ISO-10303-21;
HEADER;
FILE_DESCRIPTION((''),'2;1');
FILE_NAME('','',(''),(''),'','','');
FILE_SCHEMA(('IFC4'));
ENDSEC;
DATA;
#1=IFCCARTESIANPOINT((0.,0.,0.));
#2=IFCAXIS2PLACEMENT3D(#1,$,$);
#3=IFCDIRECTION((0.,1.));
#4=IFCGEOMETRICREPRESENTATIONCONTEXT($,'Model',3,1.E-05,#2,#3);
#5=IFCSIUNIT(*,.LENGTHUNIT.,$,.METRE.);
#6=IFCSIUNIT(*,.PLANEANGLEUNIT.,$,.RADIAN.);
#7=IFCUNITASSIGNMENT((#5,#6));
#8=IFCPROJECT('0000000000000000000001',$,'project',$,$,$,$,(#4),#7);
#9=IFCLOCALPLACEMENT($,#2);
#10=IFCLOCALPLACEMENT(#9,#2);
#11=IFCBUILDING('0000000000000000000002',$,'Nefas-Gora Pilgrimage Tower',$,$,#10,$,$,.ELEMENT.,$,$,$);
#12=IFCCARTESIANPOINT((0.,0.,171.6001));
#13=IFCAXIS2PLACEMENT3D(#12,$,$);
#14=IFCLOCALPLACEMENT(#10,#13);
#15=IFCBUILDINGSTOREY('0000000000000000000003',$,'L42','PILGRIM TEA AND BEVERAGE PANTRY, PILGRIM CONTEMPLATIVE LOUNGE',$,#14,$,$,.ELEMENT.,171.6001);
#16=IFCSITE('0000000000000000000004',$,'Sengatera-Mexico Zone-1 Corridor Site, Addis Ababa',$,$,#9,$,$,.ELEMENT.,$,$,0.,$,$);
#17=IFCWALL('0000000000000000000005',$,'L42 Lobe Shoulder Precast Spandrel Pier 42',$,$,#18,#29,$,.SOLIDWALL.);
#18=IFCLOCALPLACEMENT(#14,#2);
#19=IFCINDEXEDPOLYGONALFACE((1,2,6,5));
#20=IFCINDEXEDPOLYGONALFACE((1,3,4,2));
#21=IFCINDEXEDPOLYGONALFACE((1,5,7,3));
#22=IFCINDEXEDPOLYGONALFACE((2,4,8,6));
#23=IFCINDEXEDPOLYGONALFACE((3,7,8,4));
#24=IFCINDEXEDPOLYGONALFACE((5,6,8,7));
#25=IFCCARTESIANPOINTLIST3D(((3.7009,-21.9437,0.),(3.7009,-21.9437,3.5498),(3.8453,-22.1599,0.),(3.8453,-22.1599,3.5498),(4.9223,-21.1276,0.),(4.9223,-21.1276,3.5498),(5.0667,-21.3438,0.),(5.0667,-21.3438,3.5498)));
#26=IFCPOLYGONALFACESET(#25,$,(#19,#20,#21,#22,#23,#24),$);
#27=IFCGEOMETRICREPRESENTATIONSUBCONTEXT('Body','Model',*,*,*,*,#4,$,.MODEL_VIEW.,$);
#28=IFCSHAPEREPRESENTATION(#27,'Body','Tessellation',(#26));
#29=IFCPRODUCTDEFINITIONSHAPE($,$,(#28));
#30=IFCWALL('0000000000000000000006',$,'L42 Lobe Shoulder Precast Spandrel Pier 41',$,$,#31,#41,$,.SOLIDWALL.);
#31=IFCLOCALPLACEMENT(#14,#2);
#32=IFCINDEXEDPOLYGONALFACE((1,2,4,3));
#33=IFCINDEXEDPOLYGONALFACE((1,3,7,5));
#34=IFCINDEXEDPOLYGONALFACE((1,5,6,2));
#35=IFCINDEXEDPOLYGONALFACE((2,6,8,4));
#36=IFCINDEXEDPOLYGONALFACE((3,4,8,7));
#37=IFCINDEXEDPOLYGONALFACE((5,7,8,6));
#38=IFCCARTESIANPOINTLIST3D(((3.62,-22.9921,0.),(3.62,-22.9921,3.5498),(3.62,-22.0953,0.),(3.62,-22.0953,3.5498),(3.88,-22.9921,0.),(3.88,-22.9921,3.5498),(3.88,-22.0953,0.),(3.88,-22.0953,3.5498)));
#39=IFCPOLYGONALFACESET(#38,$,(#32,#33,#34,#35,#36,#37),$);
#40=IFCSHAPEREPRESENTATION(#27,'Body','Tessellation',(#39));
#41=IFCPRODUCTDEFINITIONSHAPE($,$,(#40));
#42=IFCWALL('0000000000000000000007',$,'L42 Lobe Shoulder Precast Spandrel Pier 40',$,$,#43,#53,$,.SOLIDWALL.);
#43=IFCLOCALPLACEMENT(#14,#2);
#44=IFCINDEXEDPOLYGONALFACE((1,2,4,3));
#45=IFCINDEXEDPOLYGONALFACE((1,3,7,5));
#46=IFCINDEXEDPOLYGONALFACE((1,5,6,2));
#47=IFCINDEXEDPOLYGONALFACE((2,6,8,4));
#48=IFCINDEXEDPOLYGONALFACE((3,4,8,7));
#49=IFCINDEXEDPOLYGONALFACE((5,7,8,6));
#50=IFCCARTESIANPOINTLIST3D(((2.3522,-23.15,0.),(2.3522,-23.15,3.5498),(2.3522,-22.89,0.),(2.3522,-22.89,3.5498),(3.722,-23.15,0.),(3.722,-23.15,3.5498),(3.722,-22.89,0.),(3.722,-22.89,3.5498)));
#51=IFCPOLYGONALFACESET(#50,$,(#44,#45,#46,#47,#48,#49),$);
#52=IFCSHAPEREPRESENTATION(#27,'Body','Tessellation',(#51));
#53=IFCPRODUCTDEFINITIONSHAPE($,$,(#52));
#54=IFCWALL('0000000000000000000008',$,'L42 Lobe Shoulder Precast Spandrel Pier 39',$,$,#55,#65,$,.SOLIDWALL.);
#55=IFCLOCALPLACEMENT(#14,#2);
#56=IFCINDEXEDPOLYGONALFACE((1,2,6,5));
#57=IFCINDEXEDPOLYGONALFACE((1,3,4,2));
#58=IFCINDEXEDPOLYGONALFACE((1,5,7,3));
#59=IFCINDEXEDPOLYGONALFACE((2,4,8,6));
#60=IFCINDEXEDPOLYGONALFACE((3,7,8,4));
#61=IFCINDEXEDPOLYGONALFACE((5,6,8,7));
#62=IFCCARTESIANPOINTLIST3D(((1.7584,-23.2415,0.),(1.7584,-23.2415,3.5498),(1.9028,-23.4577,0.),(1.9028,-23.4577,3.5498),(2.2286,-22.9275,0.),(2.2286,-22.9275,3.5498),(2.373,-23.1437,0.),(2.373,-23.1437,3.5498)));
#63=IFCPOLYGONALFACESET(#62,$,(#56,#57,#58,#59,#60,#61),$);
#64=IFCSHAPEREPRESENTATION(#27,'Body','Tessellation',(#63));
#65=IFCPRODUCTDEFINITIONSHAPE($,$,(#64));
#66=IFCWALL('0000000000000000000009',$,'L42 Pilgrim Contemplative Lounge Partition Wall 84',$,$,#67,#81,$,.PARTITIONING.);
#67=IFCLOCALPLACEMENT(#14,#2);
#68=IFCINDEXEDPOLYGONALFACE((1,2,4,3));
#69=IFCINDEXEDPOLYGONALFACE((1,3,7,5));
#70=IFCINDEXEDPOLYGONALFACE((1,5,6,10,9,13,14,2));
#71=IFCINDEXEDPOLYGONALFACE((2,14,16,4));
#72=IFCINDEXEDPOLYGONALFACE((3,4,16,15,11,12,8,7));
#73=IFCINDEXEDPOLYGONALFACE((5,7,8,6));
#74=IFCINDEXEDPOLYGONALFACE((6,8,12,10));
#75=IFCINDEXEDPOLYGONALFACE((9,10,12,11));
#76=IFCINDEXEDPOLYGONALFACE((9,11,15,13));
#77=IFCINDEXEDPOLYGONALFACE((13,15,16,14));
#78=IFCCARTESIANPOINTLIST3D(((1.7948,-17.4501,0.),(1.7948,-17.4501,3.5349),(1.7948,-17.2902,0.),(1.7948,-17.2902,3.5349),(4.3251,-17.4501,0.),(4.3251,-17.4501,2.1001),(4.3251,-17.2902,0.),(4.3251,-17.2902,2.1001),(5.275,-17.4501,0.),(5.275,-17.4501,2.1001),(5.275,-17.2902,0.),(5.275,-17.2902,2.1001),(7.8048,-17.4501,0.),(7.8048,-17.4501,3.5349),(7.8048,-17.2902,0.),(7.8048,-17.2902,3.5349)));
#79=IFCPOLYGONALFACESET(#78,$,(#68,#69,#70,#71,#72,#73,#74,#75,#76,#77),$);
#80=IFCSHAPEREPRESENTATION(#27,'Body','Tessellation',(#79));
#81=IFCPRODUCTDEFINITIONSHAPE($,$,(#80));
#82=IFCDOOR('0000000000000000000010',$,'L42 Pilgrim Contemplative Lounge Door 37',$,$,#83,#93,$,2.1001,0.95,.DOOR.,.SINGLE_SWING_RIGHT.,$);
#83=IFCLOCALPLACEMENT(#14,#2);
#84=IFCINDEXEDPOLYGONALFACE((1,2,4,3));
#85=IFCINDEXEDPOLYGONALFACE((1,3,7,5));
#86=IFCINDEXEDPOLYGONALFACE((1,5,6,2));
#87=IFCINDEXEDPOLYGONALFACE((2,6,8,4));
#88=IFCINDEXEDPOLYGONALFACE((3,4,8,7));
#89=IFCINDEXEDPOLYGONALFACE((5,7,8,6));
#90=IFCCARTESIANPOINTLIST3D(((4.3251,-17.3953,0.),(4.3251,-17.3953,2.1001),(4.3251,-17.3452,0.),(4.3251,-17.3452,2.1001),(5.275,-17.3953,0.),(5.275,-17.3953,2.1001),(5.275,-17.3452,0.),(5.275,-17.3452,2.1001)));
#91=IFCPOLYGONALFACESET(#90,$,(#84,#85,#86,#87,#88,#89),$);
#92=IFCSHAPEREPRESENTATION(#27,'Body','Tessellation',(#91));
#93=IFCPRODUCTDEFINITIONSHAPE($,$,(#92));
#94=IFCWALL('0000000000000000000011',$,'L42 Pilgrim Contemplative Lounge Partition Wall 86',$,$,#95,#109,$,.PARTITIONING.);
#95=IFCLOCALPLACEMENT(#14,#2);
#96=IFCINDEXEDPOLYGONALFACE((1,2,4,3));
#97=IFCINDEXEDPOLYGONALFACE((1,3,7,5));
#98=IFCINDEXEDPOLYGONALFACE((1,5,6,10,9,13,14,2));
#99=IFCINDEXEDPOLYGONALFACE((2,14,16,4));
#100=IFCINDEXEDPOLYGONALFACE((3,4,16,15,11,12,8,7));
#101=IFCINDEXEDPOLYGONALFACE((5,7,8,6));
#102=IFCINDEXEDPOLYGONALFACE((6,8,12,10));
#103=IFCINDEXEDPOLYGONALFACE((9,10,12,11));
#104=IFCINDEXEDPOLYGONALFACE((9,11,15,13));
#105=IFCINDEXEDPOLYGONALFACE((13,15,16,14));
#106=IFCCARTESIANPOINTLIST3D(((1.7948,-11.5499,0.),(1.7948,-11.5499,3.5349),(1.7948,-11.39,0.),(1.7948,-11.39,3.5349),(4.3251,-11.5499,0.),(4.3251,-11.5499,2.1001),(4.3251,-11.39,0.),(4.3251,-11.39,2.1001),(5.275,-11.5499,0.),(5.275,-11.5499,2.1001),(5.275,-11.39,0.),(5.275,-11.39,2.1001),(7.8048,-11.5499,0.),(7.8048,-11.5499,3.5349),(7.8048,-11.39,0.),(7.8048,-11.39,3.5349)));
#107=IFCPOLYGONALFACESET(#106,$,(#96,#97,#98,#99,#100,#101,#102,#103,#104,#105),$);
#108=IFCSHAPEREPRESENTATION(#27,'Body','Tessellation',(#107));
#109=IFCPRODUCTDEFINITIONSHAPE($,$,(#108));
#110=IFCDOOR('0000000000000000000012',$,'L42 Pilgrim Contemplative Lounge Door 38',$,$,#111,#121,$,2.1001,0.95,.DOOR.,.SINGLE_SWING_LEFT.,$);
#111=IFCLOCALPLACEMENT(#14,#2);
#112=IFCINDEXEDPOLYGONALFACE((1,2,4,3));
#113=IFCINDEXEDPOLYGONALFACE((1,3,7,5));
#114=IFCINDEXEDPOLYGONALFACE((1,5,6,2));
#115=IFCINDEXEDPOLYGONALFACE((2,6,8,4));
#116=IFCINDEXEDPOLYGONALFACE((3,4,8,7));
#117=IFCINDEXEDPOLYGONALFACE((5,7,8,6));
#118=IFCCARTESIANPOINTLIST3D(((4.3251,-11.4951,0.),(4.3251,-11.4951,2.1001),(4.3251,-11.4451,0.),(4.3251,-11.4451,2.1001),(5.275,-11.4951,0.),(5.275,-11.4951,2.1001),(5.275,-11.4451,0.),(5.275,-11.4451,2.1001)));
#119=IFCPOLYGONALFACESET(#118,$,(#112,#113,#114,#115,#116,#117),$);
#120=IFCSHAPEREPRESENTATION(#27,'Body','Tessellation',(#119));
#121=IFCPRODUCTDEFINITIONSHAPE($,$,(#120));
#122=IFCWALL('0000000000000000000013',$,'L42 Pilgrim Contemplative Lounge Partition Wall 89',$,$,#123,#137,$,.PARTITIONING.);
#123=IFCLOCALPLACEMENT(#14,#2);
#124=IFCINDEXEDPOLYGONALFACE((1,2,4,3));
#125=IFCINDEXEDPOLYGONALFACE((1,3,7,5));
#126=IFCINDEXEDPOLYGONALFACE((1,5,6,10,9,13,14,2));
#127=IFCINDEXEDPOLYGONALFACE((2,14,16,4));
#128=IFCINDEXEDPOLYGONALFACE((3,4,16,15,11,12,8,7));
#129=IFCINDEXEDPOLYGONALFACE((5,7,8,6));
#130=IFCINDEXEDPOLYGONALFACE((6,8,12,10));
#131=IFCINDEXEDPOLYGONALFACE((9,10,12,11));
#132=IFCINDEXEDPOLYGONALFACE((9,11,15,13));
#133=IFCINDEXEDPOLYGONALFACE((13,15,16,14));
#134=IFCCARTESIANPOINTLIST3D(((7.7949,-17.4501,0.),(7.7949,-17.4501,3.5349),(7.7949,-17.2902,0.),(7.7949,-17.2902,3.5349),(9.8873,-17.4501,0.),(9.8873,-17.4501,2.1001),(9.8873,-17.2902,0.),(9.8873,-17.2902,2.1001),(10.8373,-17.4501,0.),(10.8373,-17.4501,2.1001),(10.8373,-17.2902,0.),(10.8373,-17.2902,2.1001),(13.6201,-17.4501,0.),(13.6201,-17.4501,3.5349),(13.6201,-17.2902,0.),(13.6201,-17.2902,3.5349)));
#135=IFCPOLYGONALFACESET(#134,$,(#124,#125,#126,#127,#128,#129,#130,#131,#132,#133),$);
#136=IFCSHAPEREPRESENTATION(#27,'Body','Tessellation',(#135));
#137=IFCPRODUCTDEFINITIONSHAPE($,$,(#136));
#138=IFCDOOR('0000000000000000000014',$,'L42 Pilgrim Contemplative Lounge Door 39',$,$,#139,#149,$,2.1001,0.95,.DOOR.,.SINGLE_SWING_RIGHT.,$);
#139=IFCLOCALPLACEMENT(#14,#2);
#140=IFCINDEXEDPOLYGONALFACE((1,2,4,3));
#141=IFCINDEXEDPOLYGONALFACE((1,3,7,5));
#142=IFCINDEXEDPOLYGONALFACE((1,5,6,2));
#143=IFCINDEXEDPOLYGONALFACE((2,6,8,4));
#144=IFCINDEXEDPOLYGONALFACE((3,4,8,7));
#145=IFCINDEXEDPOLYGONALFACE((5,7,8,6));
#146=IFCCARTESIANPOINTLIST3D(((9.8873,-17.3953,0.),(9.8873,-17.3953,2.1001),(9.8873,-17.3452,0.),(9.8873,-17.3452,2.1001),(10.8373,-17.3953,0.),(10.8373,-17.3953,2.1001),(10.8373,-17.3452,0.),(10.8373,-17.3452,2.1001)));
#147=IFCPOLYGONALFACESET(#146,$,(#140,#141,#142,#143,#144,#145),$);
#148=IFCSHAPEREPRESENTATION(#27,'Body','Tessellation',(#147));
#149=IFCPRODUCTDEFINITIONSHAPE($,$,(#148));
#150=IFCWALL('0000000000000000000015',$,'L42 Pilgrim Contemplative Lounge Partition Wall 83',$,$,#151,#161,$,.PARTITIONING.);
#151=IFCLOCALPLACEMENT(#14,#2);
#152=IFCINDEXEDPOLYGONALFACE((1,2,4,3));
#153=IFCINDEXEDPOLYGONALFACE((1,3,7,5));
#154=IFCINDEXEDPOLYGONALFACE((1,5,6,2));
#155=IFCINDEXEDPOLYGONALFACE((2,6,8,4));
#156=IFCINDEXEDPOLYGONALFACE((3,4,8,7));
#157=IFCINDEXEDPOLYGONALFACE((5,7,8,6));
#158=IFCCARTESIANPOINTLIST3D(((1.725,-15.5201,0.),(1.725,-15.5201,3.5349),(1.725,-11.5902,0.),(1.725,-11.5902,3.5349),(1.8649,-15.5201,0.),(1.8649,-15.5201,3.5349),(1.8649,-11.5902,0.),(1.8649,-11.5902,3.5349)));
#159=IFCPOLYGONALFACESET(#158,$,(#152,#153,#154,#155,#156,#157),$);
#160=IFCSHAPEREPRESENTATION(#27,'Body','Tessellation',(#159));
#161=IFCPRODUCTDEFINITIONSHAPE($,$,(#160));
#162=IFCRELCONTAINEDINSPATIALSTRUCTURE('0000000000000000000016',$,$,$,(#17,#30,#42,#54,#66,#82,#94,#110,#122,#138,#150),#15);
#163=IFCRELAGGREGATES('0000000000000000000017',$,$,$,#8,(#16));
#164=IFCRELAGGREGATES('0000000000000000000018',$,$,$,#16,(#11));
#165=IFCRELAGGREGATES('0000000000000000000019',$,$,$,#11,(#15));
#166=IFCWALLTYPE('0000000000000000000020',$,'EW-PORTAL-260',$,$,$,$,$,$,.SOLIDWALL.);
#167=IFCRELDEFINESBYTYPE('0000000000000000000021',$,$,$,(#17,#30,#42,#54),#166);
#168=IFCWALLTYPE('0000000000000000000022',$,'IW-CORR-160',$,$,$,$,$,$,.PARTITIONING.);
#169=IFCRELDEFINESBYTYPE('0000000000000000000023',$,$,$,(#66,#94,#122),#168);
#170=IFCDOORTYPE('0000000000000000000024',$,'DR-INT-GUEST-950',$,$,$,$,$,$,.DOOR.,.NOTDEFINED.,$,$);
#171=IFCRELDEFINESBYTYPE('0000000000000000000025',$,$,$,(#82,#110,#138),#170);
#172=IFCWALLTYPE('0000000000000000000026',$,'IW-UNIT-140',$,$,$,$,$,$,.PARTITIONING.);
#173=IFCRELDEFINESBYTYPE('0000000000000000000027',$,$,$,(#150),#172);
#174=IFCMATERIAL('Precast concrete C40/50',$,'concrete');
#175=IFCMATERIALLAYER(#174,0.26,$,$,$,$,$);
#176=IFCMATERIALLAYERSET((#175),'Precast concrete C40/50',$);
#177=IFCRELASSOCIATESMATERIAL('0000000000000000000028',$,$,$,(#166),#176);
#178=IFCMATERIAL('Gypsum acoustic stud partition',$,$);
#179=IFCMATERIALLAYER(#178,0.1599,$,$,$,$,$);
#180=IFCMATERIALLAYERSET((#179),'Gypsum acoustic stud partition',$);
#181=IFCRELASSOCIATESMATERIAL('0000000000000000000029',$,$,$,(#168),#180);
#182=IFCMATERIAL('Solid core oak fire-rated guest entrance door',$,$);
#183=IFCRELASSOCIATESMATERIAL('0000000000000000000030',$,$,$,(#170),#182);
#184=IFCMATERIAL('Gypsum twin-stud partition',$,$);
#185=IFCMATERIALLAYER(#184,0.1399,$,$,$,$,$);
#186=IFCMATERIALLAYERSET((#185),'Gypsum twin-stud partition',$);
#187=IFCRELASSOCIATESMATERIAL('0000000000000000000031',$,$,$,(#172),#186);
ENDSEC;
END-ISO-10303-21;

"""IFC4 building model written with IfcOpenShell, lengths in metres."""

from ifc_helpers import new_model, si_unit, direction, frame, frame_2d, origin, place, context, subcontext, project, spatial, rectangle, extrude, source, transform, mapped, material, layer, layer_set, type_object, element, fill, save


model = new_model("IFC4")

# Units and contexts
model_context = context("Model", 3, precision=1e-05, world=origin(), true_north=direction((0.0, 1.0)))
body_context = subcontext(model_context, "Body", "Model", "MODEL_VIEW")
ifc_project = project(units=[si_unit("LENGTHUNIT", "METRE"), si_unit("PLANEANGLEUNIT", "RADIAN")], contexts=[model_context])

# Site, building, storey
site_placement = place(None, origin())
site = spatial("IfcSite", under=ifc_project, at=site_placement, Name="Sengatera-Mexico Zone-1 Corridor Site, Addis Ababa", CompositionType="ELEMENT", RefElevation=0.0)
building_placement = place(site_placement, origin())
building = spatial("IfcBuilding", under=site, at=building_placement, Name="Nefas-Gora Pilgrimage Tower", CompositionType="ELEMENT")
storey_placement = place(building_placement, frame((0.0, 0.0, 171.6001)))
storey = spatial("IfcBuildingStorey", under=building, at=storey_placement, Name="L42", Description="PILGRIM TEA AND BEVERAGE PANTRY, PILGRIM CONTEMPLATIVE LOUNGE", CompositionType="ELEMENT", Elevation=171.6001)

# Walls
ifc_material_1 = material(Name="Precast concrete C40/50", Category="concrete")
ifc_layer_1 = layer(ifc_material_1, 0.26)
ifc_layer_set_1 = layer_set([ifc_layer_1], Name="Precast concrete C40/50")
wall_type_1 = type_object("IfcWallType", Name="EW-PORTAL-260", PredefinedType="SOLIDWALL", material=ifc_layer_set_1)
shared_shape_1 = source(origin(), body_context, "Body", "SweptSolid", [
    extrude(rectangle(XDim=1.469, YDim=0.26, at=frame_2d((0.7344, 0.0))), origin(), (0.0, 0.0, 1.0), 3.5498),
])
wall_1_placement = place(storey_placement, frame((3.7732, -22.0518, 0.0), z_axis=(0.0, 0.0, 1.0), x_axis=(0.831462, 0.555582, 0.0)))
element("IfcWall", 1, at=wall_1_placement, inside=storey, type_object=wall_type_1, Name="L42 Lobe Shoulder Precast Spandrel Pier 42", PredefinedType="SOLIDWALL", context=body_context, shape_type="MappedRepresentation", body=[
    mapped(shared_shape_1, transform((0.0, 0.0, 0.0), x_axis=(1.0, 0.0, 0.0), y_axis=(0.0, 1.0, 0.0), z_axis=(0.0, 0.0, 1.0), scale=1.0)),
])
shared_shape_2 = source(origin(), body_context, "Body", "SweptSolid", [
    extrude(rectangle(XDim=0.8967, YDim=0.26, at=frame_2d((0.4482, 0.0))), origin(), (0.0, 0.0, 1.0), 3.5498),
])
wall_2_placement = place(storey_placement, frame((3.75, -22.9919, 0.0), z_axis=(0.0, 0.0, 1.0), x_axis=(0.0, 1.0, 0.0)))
element("IfcWall", 2, at=wall_2_placement, inside=storey, type_object=wall_type_1, Name="L42 Lobe Shoulder Precast Spandrel Pier 41", PredefinedType="SOLIDWALL", context=body_context, shape_type="MappedRepresentation", body=[
    mapped(shared_shape_2, transform((0.0, 0.0, 0.0), x_axis=(1.0, 0.0, 0.0), y_axis=(0.0, 1.0, 0.0), z_axis=(0.0, 0.0, 1.0), scale=1.0)),
])
shared_shape_3 = source(origin(), body_context, "Body", "SweptSolid", [
    extrude(rectangle(XDim=1.3699, YDim=0.26, at=frame_2d((0.6851, 0.0))), origin(), (0.0, 0.0, 1.0), 3.5498),
])
wall_3_placement = place(storey_placement, frame((2.3521, -23.02, 0.0), z_axis=(0.0, 0.0, 1.0), x_axis=(1.0, 0.0, 0.0)))
element("IfcWall", 3, at=wall_3_placement, inside=storey, type_object=wall_type_1, Name="L42 Lobe Shoulder Precast Spandrel Pier 40", PredefinedType="SOLIDWALL", context=body_context, shape_type="MappedRepresentation", body=[
    mapped(shared_shape_3, transform((0.0, 0.0, 0.0), x_axis=(1.0, 0.0, 0.0), y_axis=(0.0, 1.0, 0.0), z_axis=(0.0, 0.0, 1.0), scale=1.0)),
])
shared_shape_4 = source(origin(), body_context, "Body", "SweptSolid", [
    extrude(rectangle(XDim=0.5654, YDim=0.26, at=frame_2d((0.2827, 0.0))), origin(), (0.0, 0.0, 1.0), 3.5498),
])
wall_4_placement = place(storey_placement, frame((1.8306, -23.3496, 0.0), z_axis=(0.0, 0.0, 1.0), x_axis=(0.831651, 0.555298, 0.0)))
element("IfcWall", 4, at=wall_4_placement, inside=storey, type_object=wall_type_1, Name="L42 Lobe Shoulder Precast Spandrel Pier 39", PredefinedType="SOLIDWALL", context=body_context, shape_type="MappedRepresentation", body=[
    mapped(shared_shape_4, transform((0.0, 0.0, 0.0), x_axis=(1.0, 0.0, 0.0), y_axis=(0.0, 1.0, 0.0), z_axis=(0.0, 0.0, 1.0), scale=1.0)),
])

# Walls, openings, doors
ifc_material_2 = material(Name="Gypsum acoustic stud partition")
ifc_layer_2 = layer(ifc_material_2, 0.1599)
ifc_layer_set_2 = layer_set([ifc_layer_2], Name="Gypsum acoustic stud partition")
wall_type_2 = type_object("IfcWallType", Name="IW-CORR-160", PredefinedType="PARTITIONING", material=ifc_layer_set_2)
shared_shape_5 = source(origin(), body_context, "Body", "SweptSolid", [
    extrude(rectangle(XDim=6.01, YDim=0.1599, at=frame_2d((3.0049, 0.0))), origin(), (0.0, 0.0, 1.0), 3.5349),
])
wall_5_placement = place(storey_placement, frame((1.7949, -17.3701, 0.0), z_axis=(0.0, 0.0, 1.0), x_axis=(1.0, 0.0, 0.0)))
wall_5 = element("IfcWall", 5, at=wall_5_placement, inside=storey, type_object=wall_type_2, Name="L42 Pilgrim Contemplative Lounge Partition Wall 84", PredefinedType="PARTITIONING", context=body_context, shape_type="MappedRepresentation", body=[
    mapped(shared_shape_5, transform((0.0, 0.0, 0.0), x_axis=(1.0, 0.0, 0.0), y_axis=(0.0, 1.0, 0.0), z_axis=(0.0, 0.0, 1.0), scale=1.0)),
])
opening_1_placement = place(wall_5_placement, frame((2.53, 0.0, 0.0)))
opening_1 = element("IfcOpeningElement", 6, at=opening_1_placement, cuts=wall_5, PredefinedType="OPENING", context=body_context, shape_type="SweptSolid", body=[
    extrude(rectangle(XDim=0.95, YDim=2.1001, at=frame_2d((0.4751, 1.05))), frame((0.0, 0.0898, 0.0), z_axis=(0.0, -1.0, 0.0), x_axis=(1.0, 0.0, 0.0)), (0.0, 0.0, 1.0), 0.1799),
])
ifc_material_3 = material(Name="Solid core oak fire-rated guest entrance door")
door_type = type_object("IfcDoorType", Name="DR-INT-GUEST-950", OperationType="NOTDEFINED", PredefinedType="DOOR", material=ifc_material_3)
shared_shape_6 = source(origin(), body_context, "Body", "SweptSolid", [
    extrude(rectangle(XDim=0.95, YDim=2.1001, at=frame_2d((0.4751, 1.05))), frame((0.0, 0.0249, 0.0), z_axis=(0.0, -1.0, 0.0), x_axis=(1.0, 0.0, 0.0)), (0.0, 0.0, 1.0), 0.05),
])
door_1_placement = place(opening_1_placement, origin())
door_1 = element("IfcDoor", 7, at=door_1_placement, inside=storey, type_object=door_type, Name="L42 Pilgrim Contemplative Lounge Door 37", OperationType="SINGLE_SWING_RIGHT", OverallHeight=2.1001, OverallWidth=0.95, PredefinedType="DOOR", context=body_context, shape_type="MappedRepresentation", body=[
    mapped(shared_shape_6, transform((0.0, 0.0, 0.0), x_axis=(1.0, 0.0, 0.0), y_axis=(0.0, 1.0, 0.0), z_axis=(0.0, 0.0, 1.0), scale=1.0)),
])
fill(opening_1, door_1)
wall_6_placement = place(storey_placement, frame((1.7949, -11.47, 0.0), z_axis=(0.0, 0.0, 1.0), x_axis=(1.0, 0.0, 0.0)))
wall_6 = element("IfcWall", 8, at=wall_6_placement, inside=storey, type_object=wall_type_2, Name="L42 Pilgrim Contemplative Lounge Partition Wall 86", PredefinedType="PARTITIONING", context=body_context, shape_type="MappedRepresentation", body=[
    mapped(shared_shape_5, transform((0.0, 0.0, 0.0), x_axis=(1.0, 0.0, 0.0), y_axis=(0.0, 1.0, 0.0), z_axis=(0.0, 0.0, 1.0), scale=1.0)),
])
opening_2_placement = place(wall_6_placement, frame((2.53, 0.0, 0.0)))
opening_2 = element("IfcOpeningElement", 9, at=opening_2_placement, cuts=wall_6, PredefinedType="OPENING", context=body_context, shape_type="SweptSolid", body=[
    extrude(rectangle(XDim=0.95, YDim=2.1001, at=frame_2d((0.4751, 1.05))), frame((0.0, 0.0898, 0.0), z_axis=(0.0, -1.0, 0.0), x_axis=(1.0, 0.0, 0.0)), (0.0, 0.0, 1.0), 0.1799),
])
door_2_placement = place(opening_2_placement, origin())
door_2 = element("IfcDoor", 10, at=door_2_placement, inside=storey, type_object=door_type, Name="L42 Pilgrim Contemplative Lounge Door 38", OperationType="SINGLE_SWING_LEFT", OverallHeight=2.1001, OverallWidth=0.95, PredefinedType="DOOR", context=body_context, shape_type="MappedRepresentation", body=[
    mapped(shared_shape_6, transform((0.0, 0.0, 0.0), x_axis=(1.0, 0.0, 0.0), y_axis=(0.0, 1.0, 0.0), z_axis=(0.0, 0.0, 1.0), scale=1.0)),
])
fill(opening_2, door_2)
shared_shape_7 = source(origin(), body_context, "Body", "SweptSolid", [
    extrude(rectangle(XDim=5.8252, YDim=0.1599, at=frame_2d((2.9126, 0.0))), origin(), (0.0, 0.0, 1.0), 3.5349),
])
wall_7_placement = place(storey_placement, frame((7.7949, -17.3701, 0.0), z_axis=(0.0, 0.0, 1.0), x_axis=(1.0, 0.0, 0.0)))
wall_7 = element("IfcWall", 11, at=wall_7_placement, inside=storey, type_object=wall_type_2, Name="L42 Pilgrim Contemplative Lounge Partition Wall 89", PredefinedType="PARTITIONING", context=body_context, shape_type="MappedRepresentation", body=[
    mapped(shared_shape_7, transform((0.0, 0.0, 0.0), x_axis=(1.0, 0.0, 0.0), y_axis=(0.0, 1.0, 0.0), z_axis=(0.0, 0.0, 1.0), scale=1.0)),
])
opening_3_placement = place(wall_7_placement, frame((2.0923, 0.0, 0.0)))
opening_3 = element("IfcOpeningElement", 12, at=opening_3_placement, cuts=wall_7, PredefinedType="OPENING", context=body_context, shape_type="SweptSolid", body=[
    extrude(rectangle(XDim=0.95, YDim=2.1001, at=frame_2d((0.4751, 1.05))), frame((0.0, 0.0898, 0.0), z_axis=(0.0, -1.0, 0.0), x_axis=(1.0, 0.0, 0.0)), (0.0, 0.0, 1.0), 0.1799),
])
door_3_placement = place(opening_3_placement, origin())
door_3 = element("IfcDoor", 13, at=door_3_placement, inside=storey, type_object=door_type, Name="L42 Pilgrim Contemplative Lounge Door 39", OperationType="SINGLE_SWING_RIGHT", OverallHeight=2.1001, OverallWidth=0.95, PredefinedType="DOOR", context=body_context, shape_type="MappedRepresentation", body=[
    mapped(shared_shape_6, transform((0.0, 0.0, 0.0), x_axis=(1.0, 0.0, 0.0), y_axis=(0.0, 1.0, 0.0), z_axis=(0.0, 0.0, 1.0), scale=1.0)),
])
fill(opening_3, door_3)

# Wall
ifc_material_4 = material(Name="Gypsum twin-stud partition")
ifc_layer_3 = layer(ifc_material_4, 0.1399)
ifc_layer_set_3 = layer_set([ifc_layer_3], Name="Gypsum twin-stud partition")
wall_type_3 = type_object("IfcWallType", Name="IW-UNIT-140", PredefinedType="PARTITIONING", material=ifc_layer_set_3)
shared_shape_8 = source(origin(), body_context, "Body", "SweptSolid", [
    extrude(rectangle(XDim=3.9299, YDim=0.1399, at=frame_2d((1.9648, 0.0))), origin(), (0.0, 0.0, 1.0), 3.5349),
])
for number, where, z_axis, x_axis, name in (
    (14, (1.7949, -15.52, 0.0), (0.0, 0.0, 1.0), (0.0, 1.0, 0.0), "L42 Pilgrim Contemplative Lounge Partition Wall 83"),
):
    element("IfcWall", number, at=place(storey_placement, frame(where, z_axis=z_axis, x_axis=x_axis)), inside=storey, type_object=wall_type_3, Name=name, PredefinedType="PARTITIONING", context=body_context, shape_type="MappedRepresentation", body=[
        mapped(shared_shape_8, transform((0.0, 0.0, 0.0), x_axis=(1.0, 0.0, 0.0), y_axis=(0.0, 1.0, 0.0), z_axis=(0.0, 0.0, 1.0), scale=1.0)),
    ])

save(model, "model.ifc")
